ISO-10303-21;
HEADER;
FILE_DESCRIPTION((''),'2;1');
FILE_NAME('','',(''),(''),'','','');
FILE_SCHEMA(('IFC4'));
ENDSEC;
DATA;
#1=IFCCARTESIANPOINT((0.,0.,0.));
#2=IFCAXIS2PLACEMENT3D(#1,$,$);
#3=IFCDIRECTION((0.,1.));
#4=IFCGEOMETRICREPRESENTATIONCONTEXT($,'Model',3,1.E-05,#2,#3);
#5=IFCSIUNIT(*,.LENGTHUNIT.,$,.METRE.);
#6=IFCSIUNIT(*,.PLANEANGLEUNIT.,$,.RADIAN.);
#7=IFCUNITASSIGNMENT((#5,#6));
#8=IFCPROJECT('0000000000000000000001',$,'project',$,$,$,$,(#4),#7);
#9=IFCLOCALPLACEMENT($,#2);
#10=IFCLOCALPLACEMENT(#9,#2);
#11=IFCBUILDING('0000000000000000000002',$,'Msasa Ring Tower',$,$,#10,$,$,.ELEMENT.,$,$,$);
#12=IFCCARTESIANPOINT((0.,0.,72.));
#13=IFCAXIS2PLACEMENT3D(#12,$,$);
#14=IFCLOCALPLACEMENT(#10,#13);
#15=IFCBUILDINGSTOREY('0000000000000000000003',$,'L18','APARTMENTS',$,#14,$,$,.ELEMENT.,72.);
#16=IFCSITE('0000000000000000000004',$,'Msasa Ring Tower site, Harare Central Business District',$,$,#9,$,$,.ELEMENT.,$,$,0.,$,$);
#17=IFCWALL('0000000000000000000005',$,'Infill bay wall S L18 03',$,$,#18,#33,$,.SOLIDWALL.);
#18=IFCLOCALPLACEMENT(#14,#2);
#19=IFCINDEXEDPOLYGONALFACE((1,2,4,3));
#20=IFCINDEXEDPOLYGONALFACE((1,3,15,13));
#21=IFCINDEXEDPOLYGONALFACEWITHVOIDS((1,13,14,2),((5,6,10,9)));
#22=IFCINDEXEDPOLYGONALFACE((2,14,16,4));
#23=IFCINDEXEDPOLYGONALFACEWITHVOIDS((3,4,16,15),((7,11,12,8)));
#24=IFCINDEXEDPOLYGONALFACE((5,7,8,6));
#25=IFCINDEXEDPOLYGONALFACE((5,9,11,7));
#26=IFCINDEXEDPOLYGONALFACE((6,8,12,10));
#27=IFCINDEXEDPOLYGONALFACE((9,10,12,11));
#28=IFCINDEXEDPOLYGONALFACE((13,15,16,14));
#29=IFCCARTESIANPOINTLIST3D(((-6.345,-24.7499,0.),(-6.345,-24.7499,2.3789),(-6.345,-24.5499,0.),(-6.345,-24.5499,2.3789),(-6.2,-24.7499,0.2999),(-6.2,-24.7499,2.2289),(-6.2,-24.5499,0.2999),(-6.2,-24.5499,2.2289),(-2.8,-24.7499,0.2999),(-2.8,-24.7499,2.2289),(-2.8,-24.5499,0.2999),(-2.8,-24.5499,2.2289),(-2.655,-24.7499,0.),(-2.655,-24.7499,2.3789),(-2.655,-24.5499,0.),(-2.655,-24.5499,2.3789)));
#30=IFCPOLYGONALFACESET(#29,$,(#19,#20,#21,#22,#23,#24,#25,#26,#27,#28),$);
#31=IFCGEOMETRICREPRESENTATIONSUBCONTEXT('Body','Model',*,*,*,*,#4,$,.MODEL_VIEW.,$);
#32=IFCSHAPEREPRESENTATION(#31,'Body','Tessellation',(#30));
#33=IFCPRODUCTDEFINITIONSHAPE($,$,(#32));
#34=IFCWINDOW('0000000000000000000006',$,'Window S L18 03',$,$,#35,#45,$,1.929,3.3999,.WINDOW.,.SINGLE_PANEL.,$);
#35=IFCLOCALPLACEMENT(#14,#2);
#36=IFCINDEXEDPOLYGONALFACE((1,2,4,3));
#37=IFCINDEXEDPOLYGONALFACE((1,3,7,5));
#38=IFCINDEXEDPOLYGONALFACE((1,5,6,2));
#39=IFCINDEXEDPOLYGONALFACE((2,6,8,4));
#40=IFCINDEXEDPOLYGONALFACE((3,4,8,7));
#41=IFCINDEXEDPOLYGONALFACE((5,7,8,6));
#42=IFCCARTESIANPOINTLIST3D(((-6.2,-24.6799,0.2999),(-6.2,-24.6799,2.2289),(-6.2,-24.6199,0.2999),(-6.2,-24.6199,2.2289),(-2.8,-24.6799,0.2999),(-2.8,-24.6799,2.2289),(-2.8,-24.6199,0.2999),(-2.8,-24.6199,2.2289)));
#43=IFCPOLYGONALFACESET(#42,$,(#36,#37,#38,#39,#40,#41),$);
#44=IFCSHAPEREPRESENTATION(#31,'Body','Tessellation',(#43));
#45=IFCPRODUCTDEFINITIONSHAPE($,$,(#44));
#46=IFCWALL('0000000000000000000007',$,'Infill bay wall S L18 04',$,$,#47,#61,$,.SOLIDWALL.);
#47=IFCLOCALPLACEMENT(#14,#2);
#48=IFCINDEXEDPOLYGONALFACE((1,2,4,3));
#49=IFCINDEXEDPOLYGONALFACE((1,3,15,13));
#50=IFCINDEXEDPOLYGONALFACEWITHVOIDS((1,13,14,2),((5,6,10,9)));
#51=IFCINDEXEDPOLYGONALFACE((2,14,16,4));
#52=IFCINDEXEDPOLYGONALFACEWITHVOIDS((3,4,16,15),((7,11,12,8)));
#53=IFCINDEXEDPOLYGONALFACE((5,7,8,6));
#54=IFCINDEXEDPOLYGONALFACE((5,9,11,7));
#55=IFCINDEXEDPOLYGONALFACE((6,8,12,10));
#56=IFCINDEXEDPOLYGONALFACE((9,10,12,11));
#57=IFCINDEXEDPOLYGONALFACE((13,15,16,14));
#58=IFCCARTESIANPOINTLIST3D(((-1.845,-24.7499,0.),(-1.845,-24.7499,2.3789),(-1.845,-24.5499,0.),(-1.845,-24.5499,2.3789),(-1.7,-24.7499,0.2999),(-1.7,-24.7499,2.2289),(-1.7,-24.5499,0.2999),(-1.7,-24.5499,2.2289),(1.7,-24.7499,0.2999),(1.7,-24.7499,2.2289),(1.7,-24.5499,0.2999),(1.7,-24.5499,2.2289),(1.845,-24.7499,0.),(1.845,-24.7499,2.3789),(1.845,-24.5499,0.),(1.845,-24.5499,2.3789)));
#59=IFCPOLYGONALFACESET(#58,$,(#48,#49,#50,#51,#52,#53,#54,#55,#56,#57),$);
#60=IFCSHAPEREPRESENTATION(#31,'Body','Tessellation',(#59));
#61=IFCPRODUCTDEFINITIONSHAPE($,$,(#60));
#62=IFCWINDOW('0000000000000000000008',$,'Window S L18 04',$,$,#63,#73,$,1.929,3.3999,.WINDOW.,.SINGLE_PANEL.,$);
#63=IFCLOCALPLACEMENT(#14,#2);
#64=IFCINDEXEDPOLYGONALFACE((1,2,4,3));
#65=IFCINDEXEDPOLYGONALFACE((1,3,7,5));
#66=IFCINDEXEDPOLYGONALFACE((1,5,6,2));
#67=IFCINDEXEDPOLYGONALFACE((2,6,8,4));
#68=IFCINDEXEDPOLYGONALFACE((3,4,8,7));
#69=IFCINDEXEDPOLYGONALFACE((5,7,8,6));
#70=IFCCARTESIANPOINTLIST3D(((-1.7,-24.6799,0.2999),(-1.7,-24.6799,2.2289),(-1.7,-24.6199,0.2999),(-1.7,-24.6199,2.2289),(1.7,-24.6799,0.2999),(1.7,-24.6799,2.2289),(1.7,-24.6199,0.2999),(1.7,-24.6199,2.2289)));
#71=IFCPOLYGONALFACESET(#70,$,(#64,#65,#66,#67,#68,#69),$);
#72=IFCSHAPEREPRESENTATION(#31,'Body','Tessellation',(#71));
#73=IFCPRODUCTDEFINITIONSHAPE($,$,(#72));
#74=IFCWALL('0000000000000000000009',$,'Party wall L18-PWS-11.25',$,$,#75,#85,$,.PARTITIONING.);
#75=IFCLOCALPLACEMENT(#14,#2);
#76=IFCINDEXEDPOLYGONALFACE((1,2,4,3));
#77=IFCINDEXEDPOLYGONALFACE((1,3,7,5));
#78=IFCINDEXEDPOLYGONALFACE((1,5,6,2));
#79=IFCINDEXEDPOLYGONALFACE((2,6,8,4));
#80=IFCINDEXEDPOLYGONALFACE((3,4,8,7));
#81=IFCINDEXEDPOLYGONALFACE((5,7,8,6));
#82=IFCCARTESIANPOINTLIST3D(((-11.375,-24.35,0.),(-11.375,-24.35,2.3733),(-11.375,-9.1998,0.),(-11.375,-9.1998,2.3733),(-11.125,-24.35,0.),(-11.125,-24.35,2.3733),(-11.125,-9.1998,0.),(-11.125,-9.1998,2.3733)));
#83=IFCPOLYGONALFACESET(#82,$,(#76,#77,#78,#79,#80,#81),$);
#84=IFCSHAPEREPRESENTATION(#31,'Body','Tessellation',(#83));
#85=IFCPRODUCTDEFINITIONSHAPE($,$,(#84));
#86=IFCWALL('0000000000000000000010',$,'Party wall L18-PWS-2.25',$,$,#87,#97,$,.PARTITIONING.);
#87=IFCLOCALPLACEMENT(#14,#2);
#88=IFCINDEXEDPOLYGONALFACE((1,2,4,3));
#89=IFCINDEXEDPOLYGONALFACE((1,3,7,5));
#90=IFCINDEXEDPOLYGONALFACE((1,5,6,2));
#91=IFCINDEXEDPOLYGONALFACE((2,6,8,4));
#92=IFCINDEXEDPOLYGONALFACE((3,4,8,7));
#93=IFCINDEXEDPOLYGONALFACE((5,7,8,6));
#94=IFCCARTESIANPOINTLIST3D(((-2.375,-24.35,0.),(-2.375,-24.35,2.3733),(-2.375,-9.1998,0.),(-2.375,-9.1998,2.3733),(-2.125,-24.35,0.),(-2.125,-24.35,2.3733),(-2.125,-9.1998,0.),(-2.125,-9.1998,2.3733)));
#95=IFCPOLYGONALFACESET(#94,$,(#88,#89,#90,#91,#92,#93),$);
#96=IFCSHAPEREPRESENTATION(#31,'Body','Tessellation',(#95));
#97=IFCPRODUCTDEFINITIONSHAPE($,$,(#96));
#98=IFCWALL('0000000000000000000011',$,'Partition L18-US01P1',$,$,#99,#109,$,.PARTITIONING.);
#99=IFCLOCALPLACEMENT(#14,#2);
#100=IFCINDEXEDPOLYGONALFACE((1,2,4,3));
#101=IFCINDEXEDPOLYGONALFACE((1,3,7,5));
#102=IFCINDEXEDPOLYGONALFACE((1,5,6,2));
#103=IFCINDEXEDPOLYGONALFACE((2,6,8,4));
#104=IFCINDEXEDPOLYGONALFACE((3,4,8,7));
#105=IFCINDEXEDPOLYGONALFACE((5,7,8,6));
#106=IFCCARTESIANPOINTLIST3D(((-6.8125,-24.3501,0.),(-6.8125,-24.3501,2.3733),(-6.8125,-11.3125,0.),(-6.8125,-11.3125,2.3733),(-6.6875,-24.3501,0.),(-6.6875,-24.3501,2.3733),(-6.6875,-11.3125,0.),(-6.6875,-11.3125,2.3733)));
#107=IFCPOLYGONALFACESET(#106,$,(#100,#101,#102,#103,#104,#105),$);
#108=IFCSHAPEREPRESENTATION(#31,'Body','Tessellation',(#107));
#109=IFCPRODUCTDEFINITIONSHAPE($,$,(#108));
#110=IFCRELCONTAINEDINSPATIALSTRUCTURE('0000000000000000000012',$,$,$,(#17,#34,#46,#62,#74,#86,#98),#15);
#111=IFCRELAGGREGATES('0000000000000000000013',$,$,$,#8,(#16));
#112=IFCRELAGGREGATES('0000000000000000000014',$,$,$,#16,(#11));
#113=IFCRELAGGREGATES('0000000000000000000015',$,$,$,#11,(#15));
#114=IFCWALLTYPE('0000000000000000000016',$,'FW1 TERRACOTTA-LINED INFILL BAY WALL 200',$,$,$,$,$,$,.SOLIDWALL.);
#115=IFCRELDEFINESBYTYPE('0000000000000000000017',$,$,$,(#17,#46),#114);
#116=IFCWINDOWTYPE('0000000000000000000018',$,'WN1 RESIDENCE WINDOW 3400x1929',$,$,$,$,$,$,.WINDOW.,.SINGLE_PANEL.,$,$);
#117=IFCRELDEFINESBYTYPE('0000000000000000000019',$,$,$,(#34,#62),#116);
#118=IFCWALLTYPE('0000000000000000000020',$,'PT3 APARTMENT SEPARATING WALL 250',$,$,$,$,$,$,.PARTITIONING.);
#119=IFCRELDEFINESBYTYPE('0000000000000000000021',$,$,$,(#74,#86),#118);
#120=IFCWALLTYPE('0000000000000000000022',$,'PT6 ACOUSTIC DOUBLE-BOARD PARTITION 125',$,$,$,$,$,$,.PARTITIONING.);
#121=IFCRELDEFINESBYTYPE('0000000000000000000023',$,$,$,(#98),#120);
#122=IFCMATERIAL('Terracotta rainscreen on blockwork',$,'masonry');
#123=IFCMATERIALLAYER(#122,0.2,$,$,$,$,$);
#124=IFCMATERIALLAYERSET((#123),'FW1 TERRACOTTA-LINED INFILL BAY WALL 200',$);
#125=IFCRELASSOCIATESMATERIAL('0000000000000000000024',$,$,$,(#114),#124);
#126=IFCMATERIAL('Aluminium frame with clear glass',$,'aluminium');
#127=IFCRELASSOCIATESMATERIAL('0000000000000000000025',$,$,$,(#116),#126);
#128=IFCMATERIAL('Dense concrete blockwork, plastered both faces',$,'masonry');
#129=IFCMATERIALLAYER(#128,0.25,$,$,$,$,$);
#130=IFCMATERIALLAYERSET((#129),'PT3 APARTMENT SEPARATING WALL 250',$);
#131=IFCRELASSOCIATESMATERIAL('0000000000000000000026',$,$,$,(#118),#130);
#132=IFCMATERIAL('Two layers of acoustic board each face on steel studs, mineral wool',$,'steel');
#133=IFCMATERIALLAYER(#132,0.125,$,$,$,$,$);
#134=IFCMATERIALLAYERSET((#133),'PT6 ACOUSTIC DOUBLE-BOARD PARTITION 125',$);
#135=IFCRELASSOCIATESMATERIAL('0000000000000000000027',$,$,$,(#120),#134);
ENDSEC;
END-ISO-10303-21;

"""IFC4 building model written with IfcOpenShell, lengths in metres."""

from ifc_helpers import new_model, si_unit, direction, frame, frame_2d, origin, place, context, subcontext, project, spatial, rectangle, extrude, material, layer, layer_set, type_object, element, fill, save


model = new_model("IFC4")

# Units and contexts
model_context = context("Model", 3, precision=1e-05, world=origin(), true_north=direction((0.0, 1.0)))
body_context = subcontext(model_context, "Body", "Model", "MODEL_VIEW")
ifc_project = project(units=[si_unit("LENGTHUNIT", "METRE"), si_unit("PLANEANGLEUNIT", "RADIAN")], contexts=[model_context])

# Site, building, storey
site_placement = place(None, origin())
site = spatial("IfcSite", under=ifc_project, at=site_placement, Name="Msasa Ring Tower site, Harare Central Business District", CompositionType="ELEMENT", RefElevation=0.0)
building_placement = place(site_placement, origin())
building = spatial("IfcBuilding", under=site, at=building_placement, Name="Msasa Ring Tower", CompositionType="ELEMENT")
storey_placement = place(building_placement, frame((0.0, 0.0, 72.0)))
storey = spatial("IfcBuildingStorey", under=building, at=storey_placement, Name="L18", Description="APARTMENTS", CompositionType="ELEMENT", Elevation=72.0)

# Walls, openings, windows
ifc_material_1 = material(Name="Terracotta rainscreen on blockwork", Category="masonry")
ifc_layer_1 = layer(ifc_material_1, 0.2)
ifc_layer_set_1 = layer_set([ifc_layer_1], Name="FW1 TERRACOTTA-LINED INFILL BAY WALL 200")
wall_type_1 = type_object("IfcWallType", Name="FW1 TERRACOTTA-LINED INFILL BAY WALL 200", PredefinedType="SOLIDWALL", material=ifc_layer_set_1)
ifc_material_2 = material(Name="Aluminium frame with clear glass", Category="aluminium")
window_type = type_object("IfcWindowType", Name="WN1 RESIDENCE WINDOW 3400x1929", PartitioningType="SINGLE_PANEL", PredefinedType="WINDOW", material=ifc_material_2)
wall_1_placement = place(storey_placement, frame((-6.345, -24.6499, 0.0), z_axis=(0.0, 0.0, 1.0), x_axis=(1.0, 0.0, 0.0)))
wall_1 = element("IfcWall", 1, at=wall_1_placement, inside=storey, type_object=wall_type_1, Name="Infill bay wall S L18 03", PredefinedType="SOLIDWALL", context=body_context, shape_type="SweptSolid", body=[
    extrude(rectangle(XDim=3.6899, YDim=0.2, at=frame_2d((1.845, 0.0))), origin(), (0.0, 0.0, 1.0), 2.3789),
])
opening_1_placement = place(wall_1_placement, frame((0.145, 0.0, 0.3)))
opening_1 = element("IfcOpeningElement", 2, at=opening_1_placement, cuts=wall_1, PredefinedType="OPENING", context=body_context, shape_type="SweptSolid", body=[
    extrude(rectangle(XDim=3.3999, YDim=1.929, at=frame_2d((1.7, 0.9644))), frame((0.0, 0.1099, 0.0), z_axis=(0.0, -1.0, 0.0), x_axis=(1.0, 0.0, 0.0)), (0.0, 0.0, 1.0), 0.22),
])
window_1_placement = place(opening_1_placement, origin())
window_1 = element("IfcWindow", 3, at=window_1_placement, inside=storey, type_object=window_type, Name="Window S L18 03", OverallHeight=1.929, OverallWidth=3.3999, PartitioningType="SINGLE_PANEL", PredefinedType="WINDOW", context=body_context, shape_type="SweptSolid", body=[
    extrude(rectangle(XDim=3.3999, YDim=1.929, at=frame_2d((1.7, 0.9644))), frame((0.0, 0.03, 0.0), z_axis=(0.0, -1.0, 0.0), x_axis=(1.0, 0.0, 0.0)), (0.0, 0.0, 1.0), 0.0601),
])
fill(opening_1, window_1)
wall_2_placement = place(storey_placement, frame((-1.845, -24.6499, 0.0), z_axis=(0.0, 0.0, 1.0), x_axis=(1.0, 0.0, 0.0)))
wall_2 = element("IfcWall", 4, at=wall_2_placement, inside=storey, type_object=wall_type_1, Name="Infill bay wall S L18 04", PredefinedType="SOLIDWALL", context=body_context, shape_type="SweptSolid", body=[
    extrude(rectangle(XDim=3.6899, YDim=0.2, at=frame_2d((1.845, 0.0))), origin(), (0.0, 0.0, 1.0), 2.3789),
])
opening_2_placement = place(wall_2_placement, frame((0.145, 0.0, 0.3)))
opening_2 = element("IfcOpeningElement", 5, at=opening_2_placement, cuts=wall_2, PredefinedType="OPENING", context=body_context, shape_type="SweptSolid", body=[
    extrude(rectangle(XDim=3.3999, YDim=1.929, at=frame_2d((1.7, 0.9644))), frame((0.0, 0.1099, 0.0), z_axis=(0.0, -1.0, 0.0), x_axis=(1.0, 0.0, 0.0)), (0.0, 0.0, 1.0), 0.22),
])
window_2_placement = place(opening_2_placement, origin())
window_2 = element("IfcWindow", 6, at=window_2_placement, inside=storey, type_object=window_type, Name="Window S L18 04", OverallHeight=1.929, OverallWidth=3.3999, PartitioningType="SINGLE_PANEL", PredefinedType="WINDOW", context=body_context, shape_type="SweptSolid", body=[
    extrude(rectangle(XDim=3.3999, YDim=1.929, at=frame_2d((1.7, 0.9644))), frame((0.0, 0.03, 0.0), z_axis=(0.0, -1.0, 0.0), x_axis=(1.0, 0.0, 0.0)), (0.0, 0.0, 1.0), 0.0601),
])
fill(opening_2, window_2)

# Walls
ifc_material_3 = material(Name="Dense concrete blockwork, plastered both faces", Category="masonry")
ifc_layer_2 = layer(ifc_material_3, 0.25)
ifc_layer_set_2 = layer_set([ifc_layer_2], Name="PT3 APARTMENT SEPARATING WALL 250")
wall_type_2 = type_object("IfcWallType", Name="PT3 APARTMENT SEPARATING WALL 250", PredefinedType="PARTITIONING", material=ifc_layer_set_2)
for number, where, z_axis, x_axis, name in (
    (7, (-11.25, -24.3501, 0.0), (0.0, 0.0, 1.0), (0.0, 1.0, 0.0), "Party wall L18-PWS-11.25"),
    (8, (-2.25, -24.3501, 0.0), (0.0, 0.0, 1.0), (0.0, 1.0, 0.0), "Party wall L18-PWS-2.25"),
):
    element("IfcWall", number, at=place(storey_placement, frame(where, z_axis=z_axis, x_axis=x_axis)), inside=storey, type_object=wall_type_2, Name=name, PredefinedType="PARTITIONING", context=body_context, shape_type="SweptSolid", body=[
        extrude(rectangle(XDim=15.1501, YDim=0.25, at=frame_2d((7.5752, 0.0))), origin(), (0.0, 0.0, 1.0), 2.3733),
    ])
ifc_material_4 = material(Name="Two layers of acoustic board each face on steel studs, mineral wool", Category="steel")
ifc_layer_3 = layer(ifc_material_4, 0.125)
ifc_layer_set_3 = layer_set([ifc_layer_3], Name="PT6 ACOUSTIC DOUBLE-BOARD PARTITION 125")
wall_type_3 = type_object("IfcWallType", Name="PT6 ACOUSTIC DOUBLE-BOARD PARTITION 125", PredefinedType="PARTITIONING", material=ifc_layer_set_3)
wall_3_placement = place(storey_placement, frame((-6.75, -24.3501, 0.0), z_axis=(0.0, 0.0, 1.0), x_axis=(0.0, 1.0, 0.0)))
element("IfcWall", 9, at=wall_3_placement, inside=storey, type_object=wall_type_3, Name="Partition L18-US01P1", PredefinedType="PARTITIONING", context=body_context, shape_type="SweptSolid", body=[
    extrude(rectangle(XDim=13.0376, YDim=0.125, at=frame_2d((6.5188, 0.0))), origin(), (0.0, 0.0, 1.0), 2.3733),
])

save(model, "model.ifc")
